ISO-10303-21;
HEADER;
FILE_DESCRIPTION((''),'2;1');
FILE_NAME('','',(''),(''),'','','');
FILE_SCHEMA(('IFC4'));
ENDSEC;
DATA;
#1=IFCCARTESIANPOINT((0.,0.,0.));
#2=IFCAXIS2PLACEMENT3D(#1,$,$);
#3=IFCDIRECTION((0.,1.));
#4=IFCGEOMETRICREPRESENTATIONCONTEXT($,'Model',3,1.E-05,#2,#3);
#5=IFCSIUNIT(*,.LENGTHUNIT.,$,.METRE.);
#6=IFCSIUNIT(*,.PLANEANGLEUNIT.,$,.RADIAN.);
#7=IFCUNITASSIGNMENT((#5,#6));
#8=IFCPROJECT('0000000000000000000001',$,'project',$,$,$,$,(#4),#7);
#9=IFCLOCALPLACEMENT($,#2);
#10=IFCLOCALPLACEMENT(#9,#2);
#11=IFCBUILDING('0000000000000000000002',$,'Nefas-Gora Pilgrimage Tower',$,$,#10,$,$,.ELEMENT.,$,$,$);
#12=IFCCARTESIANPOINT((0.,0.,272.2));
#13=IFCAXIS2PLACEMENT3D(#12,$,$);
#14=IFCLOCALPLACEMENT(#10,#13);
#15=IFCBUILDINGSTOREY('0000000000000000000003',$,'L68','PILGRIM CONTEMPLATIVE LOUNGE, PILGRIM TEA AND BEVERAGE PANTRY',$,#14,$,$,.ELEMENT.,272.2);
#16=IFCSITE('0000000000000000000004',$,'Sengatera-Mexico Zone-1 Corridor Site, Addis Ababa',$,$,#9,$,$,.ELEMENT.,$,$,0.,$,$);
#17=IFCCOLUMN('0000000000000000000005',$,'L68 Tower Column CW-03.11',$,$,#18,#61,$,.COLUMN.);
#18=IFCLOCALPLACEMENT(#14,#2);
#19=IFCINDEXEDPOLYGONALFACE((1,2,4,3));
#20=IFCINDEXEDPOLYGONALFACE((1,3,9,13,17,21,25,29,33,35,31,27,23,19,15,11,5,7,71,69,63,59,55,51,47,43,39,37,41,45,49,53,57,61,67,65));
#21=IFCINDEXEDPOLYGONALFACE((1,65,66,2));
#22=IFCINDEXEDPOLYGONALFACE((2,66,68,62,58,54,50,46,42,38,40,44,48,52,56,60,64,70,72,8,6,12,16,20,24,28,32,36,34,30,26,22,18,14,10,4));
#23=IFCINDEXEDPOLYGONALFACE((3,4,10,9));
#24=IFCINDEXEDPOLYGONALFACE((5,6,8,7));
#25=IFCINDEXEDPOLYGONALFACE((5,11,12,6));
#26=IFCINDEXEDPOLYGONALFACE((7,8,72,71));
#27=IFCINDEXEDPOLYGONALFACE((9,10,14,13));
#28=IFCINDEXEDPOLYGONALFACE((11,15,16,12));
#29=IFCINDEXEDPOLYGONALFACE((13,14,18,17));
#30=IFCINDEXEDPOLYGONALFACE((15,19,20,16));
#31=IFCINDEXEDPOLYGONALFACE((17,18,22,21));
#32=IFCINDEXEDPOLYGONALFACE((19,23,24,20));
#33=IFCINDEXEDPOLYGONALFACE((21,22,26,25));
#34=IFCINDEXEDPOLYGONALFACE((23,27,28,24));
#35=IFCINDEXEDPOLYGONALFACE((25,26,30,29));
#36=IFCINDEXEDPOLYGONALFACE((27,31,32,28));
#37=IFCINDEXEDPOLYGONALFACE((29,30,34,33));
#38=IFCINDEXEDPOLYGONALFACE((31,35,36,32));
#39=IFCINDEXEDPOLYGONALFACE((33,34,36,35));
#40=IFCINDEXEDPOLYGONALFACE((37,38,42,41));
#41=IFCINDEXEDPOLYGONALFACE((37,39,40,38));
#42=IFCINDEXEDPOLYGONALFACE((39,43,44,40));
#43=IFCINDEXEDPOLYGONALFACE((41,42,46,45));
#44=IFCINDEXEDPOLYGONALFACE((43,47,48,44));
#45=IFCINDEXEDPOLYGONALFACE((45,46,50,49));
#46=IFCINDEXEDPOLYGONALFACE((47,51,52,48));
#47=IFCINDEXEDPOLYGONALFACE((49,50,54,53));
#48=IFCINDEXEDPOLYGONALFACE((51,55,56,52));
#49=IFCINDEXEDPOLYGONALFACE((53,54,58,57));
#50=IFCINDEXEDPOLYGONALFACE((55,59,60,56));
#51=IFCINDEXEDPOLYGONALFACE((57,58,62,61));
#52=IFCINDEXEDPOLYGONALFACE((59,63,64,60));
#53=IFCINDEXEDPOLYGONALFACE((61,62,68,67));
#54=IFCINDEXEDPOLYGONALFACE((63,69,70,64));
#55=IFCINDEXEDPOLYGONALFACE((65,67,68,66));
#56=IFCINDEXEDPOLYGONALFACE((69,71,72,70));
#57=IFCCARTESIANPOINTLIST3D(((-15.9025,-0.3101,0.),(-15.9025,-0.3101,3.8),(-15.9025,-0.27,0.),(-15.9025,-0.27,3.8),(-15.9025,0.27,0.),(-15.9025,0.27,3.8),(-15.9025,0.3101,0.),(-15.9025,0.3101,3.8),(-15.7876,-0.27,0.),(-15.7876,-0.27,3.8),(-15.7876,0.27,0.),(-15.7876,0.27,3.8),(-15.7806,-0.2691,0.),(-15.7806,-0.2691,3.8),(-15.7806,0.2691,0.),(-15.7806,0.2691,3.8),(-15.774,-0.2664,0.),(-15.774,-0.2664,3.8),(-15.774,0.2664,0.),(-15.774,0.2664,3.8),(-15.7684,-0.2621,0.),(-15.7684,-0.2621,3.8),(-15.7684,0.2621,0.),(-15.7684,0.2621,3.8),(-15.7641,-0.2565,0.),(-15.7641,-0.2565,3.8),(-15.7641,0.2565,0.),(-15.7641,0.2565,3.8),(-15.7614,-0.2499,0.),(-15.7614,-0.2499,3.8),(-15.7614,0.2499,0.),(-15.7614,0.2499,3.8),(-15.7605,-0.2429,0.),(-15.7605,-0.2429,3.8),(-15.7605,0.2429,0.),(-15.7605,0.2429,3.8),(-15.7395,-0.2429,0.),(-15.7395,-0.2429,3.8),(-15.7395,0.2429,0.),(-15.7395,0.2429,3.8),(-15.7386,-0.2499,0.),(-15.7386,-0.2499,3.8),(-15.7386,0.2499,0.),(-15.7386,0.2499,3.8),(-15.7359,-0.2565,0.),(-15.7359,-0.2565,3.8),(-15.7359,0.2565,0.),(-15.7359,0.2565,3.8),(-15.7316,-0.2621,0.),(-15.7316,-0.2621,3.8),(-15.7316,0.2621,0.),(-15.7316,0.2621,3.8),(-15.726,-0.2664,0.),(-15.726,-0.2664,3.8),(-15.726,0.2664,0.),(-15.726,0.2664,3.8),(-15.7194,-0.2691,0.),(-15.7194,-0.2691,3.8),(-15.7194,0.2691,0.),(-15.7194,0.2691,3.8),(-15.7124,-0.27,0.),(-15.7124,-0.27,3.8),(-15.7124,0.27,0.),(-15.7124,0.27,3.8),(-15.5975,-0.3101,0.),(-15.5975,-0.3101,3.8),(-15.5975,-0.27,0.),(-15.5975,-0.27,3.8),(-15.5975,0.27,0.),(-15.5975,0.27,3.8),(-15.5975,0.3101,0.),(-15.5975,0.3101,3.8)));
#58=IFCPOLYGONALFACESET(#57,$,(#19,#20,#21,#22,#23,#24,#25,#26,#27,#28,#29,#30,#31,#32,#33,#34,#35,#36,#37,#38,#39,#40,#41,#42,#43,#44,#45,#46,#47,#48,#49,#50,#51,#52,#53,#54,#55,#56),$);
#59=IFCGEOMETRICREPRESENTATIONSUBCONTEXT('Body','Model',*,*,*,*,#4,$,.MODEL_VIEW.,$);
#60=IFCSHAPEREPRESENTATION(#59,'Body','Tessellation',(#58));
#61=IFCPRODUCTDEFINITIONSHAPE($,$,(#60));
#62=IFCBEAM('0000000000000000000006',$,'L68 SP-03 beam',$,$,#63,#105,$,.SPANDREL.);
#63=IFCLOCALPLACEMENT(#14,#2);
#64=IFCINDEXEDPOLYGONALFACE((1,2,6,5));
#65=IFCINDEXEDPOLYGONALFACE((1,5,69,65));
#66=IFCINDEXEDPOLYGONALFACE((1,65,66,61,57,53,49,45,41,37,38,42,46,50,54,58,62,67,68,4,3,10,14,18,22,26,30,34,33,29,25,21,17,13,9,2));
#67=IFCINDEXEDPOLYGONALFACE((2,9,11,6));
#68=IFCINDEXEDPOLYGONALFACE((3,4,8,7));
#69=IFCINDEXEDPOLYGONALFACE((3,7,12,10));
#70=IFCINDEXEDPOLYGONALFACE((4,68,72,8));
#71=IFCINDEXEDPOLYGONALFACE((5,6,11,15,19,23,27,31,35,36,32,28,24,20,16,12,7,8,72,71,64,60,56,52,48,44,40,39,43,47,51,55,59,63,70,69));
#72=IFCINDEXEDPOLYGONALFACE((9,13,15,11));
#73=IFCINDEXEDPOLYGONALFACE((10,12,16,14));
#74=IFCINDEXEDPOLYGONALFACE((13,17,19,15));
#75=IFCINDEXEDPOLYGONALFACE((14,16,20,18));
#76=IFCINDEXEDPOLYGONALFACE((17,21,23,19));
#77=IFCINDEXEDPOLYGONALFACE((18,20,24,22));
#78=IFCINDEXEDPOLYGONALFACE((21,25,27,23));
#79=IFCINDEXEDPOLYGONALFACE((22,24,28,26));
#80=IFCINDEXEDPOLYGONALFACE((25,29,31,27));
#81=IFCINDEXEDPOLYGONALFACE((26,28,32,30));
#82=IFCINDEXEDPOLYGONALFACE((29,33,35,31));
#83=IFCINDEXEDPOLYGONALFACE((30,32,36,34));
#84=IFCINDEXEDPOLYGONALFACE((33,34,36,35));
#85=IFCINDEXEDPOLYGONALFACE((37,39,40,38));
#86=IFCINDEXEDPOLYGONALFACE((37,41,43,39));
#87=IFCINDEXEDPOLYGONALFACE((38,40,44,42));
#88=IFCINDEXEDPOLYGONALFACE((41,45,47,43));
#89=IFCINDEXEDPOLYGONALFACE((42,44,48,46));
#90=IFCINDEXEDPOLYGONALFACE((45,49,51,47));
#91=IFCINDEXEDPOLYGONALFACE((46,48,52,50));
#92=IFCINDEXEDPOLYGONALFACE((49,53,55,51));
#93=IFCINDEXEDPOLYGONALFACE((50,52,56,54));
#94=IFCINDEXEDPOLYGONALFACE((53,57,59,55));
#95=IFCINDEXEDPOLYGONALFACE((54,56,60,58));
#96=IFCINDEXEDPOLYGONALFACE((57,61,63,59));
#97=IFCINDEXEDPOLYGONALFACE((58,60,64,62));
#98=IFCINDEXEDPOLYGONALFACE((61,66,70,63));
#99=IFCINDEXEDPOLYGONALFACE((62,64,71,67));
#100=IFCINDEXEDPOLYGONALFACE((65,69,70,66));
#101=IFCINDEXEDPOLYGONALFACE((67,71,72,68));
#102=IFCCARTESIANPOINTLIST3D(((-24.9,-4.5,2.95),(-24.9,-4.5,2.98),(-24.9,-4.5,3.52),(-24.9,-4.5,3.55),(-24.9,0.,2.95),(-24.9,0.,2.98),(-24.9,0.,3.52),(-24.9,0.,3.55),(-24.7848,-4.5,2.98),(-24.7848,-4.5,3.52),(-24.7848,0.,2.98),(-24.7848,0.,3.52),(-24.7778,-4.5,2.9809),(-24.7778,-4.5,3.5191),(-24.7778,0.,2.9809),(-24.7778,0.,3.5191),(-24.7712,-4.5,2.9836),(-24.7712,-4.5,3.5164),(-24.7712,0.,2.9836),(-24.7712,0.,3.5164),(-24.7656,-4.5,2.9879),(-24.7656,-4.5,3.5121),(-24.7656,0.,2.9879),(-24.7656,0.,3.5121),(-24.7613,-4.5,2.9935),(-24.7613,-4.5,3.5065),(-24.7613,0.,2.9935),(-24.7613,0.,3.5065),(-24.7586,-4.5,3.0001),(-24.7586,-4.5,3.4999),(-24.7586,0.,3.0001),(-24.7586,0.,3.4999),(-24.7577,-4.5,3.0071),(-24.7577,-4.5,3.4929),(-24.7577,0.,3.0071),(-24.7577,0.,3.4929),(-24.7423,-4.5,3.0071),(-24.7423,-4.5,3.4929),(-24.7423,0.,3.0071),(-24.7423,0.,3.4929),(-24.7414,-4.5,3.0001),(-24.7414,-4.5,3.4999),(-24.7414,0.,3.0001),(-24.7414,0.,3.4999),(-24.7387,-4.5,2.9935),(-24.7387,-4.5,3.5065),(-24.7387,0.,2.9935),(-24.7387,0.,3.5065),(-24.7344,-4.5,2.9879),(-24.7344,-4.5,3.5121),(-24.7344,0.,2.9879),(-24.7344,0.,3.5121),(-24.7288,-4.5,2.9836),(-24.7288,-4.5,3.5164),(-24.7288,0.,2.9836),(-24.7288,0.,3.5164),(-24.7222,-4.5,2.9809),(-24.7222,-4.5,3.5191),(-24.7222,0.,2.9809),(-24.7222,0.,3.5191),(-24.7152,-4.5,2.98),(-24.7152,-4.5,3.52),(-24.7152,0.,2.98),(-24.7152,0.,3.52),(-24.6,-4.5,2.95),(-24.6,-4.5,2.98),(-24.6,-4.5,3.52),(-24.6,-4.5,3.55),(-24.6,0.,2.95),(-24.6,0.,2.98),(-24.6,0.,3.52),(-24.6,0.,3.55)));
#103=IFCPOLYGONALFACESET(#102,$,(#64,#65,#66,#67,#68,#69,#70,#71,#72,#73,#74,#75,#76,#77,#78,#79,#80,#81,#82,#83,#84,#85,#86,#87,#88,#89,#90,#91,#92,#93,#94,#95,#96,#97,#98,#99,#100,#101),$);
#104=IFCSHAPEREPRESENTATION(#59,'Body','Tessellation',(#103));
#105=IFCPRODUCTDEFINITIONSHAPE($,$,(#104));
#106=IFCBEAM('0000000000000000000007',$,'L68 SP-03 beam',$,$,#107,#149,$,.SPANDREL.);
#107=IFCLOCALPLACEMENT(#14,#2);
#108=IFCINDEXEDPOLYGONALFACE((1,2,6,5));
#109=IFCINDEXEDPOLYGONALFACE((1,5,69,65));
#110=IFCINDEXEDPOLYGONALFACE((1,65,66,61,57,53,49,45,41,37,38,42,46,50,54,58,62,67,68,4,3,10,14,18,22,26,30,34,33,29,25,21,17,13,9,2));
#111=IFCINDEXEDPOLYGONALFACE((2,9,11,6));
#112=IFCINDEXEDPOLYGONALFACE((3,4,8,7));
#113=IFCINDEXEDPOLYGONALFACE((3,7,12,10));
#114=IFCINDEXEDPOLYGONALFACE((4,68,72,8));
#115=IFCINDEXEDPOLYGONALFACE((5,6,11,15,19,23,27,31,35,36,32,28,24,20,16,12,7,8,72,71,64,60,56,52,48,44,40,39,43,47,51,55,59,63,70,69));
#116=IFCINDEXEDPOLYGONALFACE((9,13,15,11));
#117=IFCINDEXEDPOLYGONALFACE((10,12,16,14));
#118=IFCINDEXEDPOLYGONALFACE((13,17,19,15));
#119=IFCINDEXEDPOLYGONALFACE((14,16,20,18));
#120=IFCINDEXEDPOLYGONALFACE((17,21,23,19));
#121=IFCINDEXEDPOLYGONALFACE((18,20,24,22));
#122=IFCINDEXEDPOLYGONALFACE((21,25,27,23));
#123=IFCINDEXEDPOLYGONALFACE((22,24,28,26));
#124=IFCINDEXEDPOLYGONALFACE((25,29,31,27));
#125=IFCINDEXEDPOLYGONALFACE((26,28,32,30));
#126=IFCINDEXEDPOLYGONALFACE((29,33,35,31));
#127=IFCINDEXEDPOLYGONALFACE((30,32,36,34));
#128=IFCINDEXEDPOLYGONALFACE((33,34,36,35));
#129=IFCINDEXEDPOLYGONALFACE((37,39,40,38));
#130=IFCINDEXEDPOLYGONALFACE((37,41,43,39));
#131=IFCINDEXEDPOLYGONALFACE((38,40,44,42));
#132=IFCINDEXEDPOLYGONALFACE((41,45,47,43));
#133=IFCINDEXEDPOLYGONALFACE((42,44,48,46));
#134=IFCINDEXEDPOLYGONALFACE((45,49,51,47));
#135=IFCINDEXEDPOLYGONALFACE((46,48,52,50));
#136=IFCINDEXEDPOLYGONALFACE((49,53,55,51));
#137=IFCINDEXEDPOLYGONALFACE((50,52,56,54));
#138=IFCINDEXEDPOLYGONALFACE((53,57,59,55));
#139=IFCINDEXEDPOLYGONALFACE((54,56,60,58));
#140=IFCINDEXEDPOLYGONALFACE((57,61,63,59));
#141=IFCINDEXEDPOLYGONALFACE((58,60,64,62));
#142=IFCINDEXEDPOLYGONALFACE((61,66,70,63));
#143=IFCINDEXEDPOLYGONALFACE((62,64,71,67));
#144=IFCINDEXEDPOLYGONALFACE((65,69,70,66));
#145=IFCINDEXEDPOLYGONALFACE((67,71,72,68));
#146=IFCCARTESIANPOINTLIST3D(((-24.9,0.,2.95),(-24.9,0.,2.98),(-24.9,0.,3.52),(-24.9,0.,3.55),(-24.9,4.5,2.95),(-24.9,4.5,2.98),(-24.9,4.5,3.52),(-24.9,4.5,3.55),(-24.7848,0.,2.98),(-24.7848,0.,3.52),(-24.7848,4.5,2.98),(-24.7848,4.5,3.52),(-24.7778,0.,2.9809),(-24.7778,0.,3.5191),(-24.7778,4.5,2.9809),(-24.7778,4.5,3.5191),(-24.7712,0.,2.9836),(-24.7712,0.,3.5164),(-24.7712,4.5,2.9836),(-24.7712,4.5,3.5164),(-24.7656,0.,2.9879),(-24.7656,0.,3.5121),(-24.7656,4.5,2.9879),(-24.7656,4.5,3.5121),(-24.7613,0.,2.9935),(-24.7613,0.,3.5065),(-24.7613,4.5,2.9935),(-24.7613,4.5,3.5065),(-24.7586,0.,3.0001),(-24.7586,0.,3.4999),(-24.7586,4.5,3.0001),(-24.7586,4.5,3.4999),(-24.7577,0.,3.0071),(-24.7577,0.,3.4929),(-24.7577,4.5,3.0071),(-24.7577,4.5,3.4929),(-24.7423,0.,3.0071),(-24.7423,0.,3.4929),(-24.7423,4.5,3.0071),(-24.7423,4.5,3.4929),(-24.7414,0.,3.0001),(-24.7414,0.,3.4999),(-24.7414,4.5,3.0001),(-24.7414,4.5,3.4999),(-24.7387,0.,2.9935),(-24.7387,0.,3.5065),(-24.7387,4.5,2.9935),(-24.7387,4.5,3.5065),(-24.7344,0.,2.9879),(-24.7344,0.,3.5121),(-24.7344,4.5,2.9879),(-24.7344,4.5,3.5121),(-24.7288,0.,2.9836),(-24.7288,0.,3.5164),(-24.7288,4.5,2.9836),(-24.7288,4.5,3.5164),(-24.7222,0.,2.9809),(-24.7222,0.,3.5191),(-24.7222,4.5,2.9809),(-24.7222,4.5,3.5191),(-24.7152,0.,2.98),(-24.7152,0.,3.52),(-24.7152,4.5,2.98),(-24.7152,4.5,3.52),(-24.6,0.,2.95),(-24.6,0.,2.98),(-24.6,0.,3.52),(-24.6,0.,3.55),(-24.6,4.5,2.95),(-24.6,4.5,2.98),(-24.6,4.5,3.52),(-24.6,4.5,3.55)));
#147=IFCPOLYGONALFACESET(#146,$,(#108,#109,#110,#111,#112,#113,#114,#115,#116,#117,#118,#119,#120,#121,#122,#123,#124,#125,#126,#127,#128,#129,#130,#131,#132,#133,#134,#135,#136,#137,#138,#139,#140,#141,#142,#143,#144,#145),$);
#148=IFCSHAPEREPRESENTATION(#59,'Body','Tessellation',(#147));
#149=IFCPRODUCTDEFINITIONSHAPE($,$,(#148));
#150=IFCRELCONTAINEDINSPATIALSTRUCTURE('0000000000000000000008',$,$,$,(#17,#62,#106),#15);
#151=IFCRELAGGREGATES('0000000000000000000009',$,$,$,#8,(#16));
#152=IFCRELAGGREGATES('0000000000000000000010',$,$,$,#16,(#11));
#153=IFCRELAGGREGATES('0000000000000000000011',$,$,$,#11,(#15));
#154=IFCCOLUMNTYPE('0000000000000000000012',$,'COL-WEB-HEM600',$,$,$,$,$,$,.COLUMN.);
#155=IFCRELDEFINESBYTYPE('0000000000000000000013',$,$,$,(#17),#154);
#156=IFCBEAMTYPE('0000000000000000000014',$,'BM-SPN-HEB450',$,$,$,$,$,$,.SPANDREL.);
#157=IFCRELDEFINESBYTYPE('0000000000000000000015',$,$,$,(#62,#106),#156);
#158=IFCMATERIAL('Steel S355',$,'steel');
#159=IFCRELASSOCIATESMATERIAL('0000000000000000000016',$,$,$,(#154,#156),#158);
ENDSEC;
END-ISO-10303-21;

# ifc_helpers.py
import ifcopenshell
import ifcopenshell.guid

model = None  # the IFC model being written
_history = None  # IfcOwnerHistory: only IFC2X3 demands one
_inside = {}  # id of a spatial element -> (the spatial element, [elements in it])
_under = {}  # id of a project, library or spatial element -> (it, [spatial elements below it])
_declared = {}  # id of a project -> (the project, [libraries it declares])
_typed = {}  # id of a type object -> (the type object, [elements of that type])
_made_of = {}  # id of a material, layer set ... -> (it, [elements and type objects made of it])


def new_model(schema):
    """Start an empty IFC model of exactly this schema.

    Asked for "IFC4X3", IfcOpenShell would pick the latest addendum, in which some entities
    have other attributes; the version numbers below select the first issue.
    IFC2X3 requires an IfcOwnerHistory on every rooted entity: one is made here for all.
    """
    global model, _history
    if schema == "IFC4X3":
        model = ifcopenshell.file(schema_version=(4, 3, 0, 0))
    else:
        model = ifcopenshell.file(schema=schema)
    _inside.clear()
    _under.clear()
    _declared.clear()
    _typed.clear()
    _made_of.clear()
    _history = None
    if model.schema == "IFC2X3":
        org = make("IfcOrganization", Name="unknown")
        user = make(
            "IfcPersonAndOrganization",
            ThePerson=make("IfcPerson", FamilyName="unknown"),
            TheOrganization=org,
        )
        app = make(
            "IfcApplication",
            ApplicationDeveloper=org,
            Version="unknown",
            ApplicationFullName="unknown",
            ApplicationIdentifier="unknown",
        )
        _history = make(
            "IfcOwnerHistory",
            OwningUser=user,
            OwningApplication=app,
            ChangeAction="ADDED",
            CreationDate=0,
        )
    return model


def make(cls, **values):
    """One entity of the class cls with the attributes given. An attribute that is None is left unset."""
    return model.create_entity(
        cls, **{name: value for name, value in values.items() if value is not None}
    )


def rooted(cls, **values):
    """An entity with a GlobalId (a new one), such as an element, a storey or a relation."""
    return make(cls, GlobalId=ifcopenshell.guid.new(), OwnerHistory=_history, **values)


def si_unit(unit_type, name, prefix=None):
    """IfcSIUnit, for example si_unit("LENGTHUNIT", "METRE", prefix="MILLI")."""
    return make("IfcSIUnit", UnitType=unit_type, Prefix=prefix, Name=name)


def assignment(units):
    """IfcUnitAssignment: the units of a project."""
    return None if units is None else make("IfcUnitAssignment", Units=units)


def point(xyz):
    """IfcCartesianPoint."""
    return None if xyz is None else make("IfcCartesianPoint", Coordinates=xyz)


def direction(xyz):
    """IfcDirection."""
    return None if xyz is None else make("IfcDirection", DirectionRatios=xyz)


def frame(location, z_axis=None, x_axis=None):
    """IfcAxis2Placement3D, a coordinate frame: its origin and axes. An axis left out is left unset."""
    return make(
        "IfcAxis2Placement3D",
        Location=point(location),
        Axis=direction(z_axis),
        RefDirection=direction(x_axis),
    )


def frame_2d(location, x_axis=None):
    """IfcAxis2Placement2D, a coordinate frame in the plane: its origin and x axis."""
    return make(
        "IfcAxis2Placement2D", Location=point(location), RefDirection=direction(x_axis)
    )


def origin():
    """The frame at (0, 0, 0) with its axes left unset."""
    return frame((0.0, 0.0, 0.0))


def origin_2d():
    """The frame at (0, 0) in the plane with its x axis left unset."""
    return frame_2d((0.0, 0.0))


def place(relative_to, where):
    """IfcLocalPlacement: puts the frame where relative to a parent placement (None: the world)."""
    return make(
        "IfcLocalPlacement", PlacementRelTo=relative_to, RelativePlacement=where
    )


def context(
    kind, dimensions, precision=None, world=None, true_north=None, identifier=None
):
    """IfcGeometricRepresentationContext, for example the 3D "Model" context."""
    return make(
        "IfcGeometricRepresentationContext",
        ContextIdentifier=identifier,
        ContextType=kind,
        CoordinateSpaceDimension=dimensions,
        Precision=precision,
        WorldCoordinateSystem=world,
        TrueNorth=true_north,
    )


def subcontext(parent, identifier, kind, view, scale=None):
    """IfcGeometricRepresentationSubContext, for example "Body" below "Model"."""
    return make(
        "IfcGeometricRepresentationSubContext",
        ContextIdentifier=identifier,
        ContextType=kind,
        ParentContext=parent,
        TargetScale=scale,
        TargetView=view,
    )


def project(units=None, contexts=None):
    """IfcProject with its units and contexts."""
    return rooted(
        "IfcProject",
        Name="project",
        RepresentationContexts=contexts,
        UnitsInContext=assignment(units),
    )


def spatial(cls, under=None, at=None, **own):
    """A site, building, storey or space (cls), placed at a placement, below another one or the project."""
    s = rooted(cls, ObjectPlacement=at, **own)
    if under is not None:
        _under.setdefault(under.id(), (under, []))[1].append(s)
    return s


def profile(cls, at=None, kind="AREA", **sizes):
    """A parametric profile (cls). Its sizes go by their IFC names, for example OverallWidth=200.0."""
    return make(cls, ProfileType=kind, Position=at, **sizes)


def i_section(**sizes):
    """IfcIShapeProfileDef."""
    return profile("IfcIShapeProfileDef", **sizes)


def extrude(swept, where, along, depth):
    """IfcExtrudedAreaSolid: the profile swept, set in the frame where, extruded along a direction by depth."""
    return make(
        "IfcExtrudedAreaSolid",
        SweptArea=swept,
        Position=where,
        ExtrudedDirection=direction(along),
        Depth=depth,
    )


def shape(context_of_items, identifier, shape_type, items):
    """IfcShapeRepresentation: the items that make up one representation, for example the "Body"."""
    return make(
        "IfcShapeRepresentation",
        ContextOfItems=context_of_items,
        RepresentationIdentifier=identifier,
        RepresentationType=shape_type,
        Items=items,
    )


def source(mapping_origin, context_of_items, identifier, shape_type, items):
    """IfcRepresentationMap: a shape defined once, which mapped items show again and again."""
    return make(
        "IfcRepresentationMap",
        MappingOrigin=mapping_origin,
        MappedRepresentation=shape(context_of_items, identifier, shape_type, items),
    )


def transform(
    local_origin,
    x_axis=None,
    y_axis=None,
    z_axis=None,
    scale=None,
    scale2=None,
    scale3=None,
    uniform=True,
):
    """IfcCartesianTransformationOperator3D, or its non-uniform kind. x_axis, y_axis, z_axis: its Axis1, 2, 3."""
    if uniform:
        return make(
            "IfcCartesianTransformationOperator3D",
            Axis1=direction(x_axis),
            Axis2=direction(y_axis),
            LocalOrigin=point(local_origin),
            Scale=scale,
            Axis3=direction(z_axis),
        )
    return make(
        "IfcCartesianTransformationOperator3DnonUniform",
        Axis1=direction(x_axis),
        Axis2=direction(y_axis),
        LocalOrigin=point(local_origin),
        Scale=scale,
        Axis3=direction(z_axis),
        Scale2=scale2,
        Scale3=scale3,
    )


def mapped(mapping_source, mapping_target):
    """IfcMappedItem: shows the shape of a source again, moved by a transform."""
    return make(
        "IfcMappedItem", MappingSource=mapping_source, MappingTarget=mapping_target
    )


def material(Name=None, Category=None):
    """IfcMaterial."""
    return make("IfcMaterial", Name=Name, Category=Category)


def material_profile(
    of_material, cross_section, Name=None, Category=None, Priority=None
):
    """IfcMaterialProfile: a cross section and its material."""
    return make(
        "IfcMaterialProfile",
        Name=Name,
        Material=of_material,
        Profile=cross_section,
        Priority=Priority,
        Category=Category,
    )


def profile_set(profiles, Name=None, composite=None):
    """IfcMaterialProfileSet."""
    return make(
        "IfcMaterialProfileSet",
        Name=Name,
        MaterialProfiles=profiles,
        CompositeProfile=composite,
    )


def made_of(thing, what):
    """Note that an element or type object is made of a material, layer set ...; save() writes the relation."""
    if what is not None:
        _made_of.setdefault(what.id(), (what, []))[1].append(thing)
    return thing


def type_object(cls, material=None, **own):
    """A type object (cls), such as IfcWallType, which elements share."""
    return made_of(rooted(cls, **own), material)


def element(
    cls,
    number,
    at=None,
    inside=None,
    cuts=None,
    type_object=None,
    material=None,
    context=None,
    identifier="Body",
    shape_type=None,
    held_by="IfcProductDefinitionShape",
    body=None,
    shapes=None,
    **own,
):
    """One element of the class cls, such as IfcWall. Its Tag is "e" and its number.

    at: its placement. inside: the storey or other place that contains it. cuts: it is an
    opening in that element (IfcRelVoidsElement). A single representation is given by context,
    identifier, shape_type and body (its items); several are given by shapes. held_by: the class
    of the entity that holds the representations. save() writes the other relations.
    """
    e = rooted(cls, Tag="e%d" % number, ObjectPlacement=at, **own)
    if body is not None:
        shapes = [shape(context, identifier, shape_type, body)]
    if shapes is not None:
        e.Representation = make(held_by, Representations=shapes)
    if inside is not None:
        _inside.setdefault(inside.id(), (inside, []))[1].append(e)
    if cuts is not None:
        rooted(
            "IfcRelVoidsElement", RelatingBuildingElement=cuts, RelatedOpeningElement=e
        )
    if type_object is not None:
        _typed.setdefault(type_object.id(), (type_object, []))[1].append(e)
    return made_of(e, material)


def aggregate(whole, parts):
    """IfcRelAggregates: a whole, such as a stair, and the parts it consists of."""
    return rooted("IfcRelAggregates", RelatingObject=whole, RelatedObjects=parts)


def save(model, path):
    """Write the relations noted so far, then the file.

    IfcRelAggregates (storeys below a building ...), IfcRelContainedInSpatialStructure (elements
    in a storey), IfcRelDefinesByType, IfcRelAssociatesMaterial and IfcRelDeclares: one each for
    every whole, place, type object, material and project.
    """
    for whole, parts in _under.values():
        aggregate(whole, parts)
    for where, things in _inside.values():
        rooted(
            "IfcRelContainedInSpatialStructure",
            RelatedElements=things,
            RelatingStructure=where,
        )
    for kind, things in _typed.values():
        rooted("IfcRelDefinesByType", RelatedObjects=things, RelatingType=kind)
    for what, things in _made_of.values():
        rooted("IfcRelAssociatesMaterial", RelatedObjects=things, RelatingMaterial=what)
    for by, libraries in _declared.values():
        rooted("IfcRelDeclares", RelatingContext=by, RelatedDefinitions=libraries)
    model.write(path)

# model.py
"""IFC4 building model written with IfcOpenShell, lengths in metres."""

from ifc_helpers import new_model, si_unit, direction, frame, origin, origin_2d, place, context, subcontext, project, spatial, i_section, extrude, source, transform, mapped, material, material_profile, profile_set, type_object, element, save


model = new_model("IFC4")

# Units and contexts
model_context = context("Model", 3, precision=1e-05, world=origin(), true_north=direction((0.0, 1.0)))
body_context = subcontext(model_context, "Body", "Model", "MODEL_VIEW")
ifc_project = project(units=[si_unit("LENGTHUNIT", "METRE"), si_unit("PLANEANGLEUNIT", "RADIAN")], contexts=[model_context])

# Site, building, storey
site_placement = place(None, origin())
site = spatial("IfcSite", under=ifc_project, at=site_placement, Name="Sengatera-Mexico Zone-1 Corridor Site, Addis Ababa", CompositionType="ELEMENT", RefElevation=0.0)
building_placement = place(site_placement, origin())
building = spatial("IfcBuilding", under=site, at=building_placement, Name="Nefas-Gora Pilgrimage Tower", CompositionType="ELEMENT")
storey_placement = place(building_placement, frame((0.0, 0.0, 272.2)))
storey = spatial("IfcBuildingStorey", under=building, at=storey_placement, Name="L68", Description="PILGRIM CONTEMPLATIVE LOUNGE, PILGRIM TEA AND BEVERAGE PANTRY", CompositionType="ELEMENT", Elevation=272.2)

# Column
ifc_material_1 = material(Name="Steel S355", Category="steel")
ifc_material_profile_1 = material_profile(ifc_material_1, i_section(OverallWidth=0.3049, OverallDepth=0.6201, WebThickness=0.021, FlangeThickness=0.04, FilletRadius=0.0271, at=origin_2d()), Name="HEM 600")
ifc_profile_set_1 = profile_set([ifc_material_profile_1], Name="Steel S355")
column_type_1 = type_object("IfcColumnType", Name="COL-WEB-HEM600", PredefinedType="COLUMN", material=ifc_profile_set_1)
shared_shape_1 = source(origin(), body_context, "Body", "SweptSolid", [
    extrude(i_section(OverallWidth=0.3049, OverallDepth=0.6201, WebThickness=0.021, FlangeThickness=0.04, FilletRadius=0.0271, at=origin_2d()), origin(), (0.0, 0.0, 1.0), 3.8),
])
for number, where, z_axis, x_axis, name in (
    (1, (-15.75, 0.0, 0.0), (0.0, 0.0, 1.0), (1.0, 0.0, 0.0), "L68 Tower Column CW-03.11"),
):
    element("IfcColumn", number, at=place(storey_placement, frame(where, z_axis=z_axis, x_axis=x_axis)), inside=storey, type_object=column_type_1, Name=name, PredefinedType="COLUMN", context=body_context, shape_type="MappedRepresentation", body=[
        mapped(shared_shape_1, transform((0.0, 0.0, 0.0), x_axis=(1.0, 0.0, 0.0), y_axis=(0.0, 1.0, 0.0), z_axis=(0.0, 0.0, 1.0), scale=1.0)),
    ])

# Beams
ifc_material_profile_2 = material_profile(ifc_material_1, i_section(OverallWidth=0.3, OverallDepth=0.6001, WebThickness=0.0154, FlangeThickness=0.03, FilletRadius=0.0271, at=origin_2d()), Name="HEB 600")
ifc_profile_set_2 = profile_set([ifc_material_profile_2], Name="Steel S355")
beam_type_1 = type_object("IfcBeamType", Name="BM-SPN-HEB450", PredefinedType="SPANDREL", material=ifc_profile_set_2)
shared_shape_2 = source(origin(), body_context, "Body", "SweptSolid", [
    extrude(i_section(OverallWidth=0.3, OverallDepth=0.6001, WebThickness=0.0154, FlangeThickness=0.03, FilletRadius=0.0271, at=origin_2d()), origin(), (0.0, 0.0, 1.0), 4.5),
])
for number, where, z_axis, x_axis, name in (
    (2, (-24.75, -4.5, 3.25), (0.0, 1.0, 0.0), (-1.0, 0.0, 0.0), "L68 SP-03 beam"),
    (3, (-24.75, 0.0, 3.25), (0.0, 1.0, 0.0), (-1.0, 0.0, 0.0), "L68 SP-03 beam"),
):
    element("IfcBeam", number, at=place(storey_placement, frame(where, z_axis=z_axis, x_axis=x_axis)), inside=storey, type_object=beam_type_1, Name=name, PredefinedType="SPANDREL", context=body_context, shape_type="MappedRepresentation", body=[
        mapped(shared_shape_2, transform((0.0, 0.0, 0.0), x_axis=(1.0, 0.0, 0.0), y_axis=(0.0, 1.0, 0.0), z_axis=(0.0, 0.0, 1.0), scale=1.0)),
    ])

save(model, "model.ifc")
